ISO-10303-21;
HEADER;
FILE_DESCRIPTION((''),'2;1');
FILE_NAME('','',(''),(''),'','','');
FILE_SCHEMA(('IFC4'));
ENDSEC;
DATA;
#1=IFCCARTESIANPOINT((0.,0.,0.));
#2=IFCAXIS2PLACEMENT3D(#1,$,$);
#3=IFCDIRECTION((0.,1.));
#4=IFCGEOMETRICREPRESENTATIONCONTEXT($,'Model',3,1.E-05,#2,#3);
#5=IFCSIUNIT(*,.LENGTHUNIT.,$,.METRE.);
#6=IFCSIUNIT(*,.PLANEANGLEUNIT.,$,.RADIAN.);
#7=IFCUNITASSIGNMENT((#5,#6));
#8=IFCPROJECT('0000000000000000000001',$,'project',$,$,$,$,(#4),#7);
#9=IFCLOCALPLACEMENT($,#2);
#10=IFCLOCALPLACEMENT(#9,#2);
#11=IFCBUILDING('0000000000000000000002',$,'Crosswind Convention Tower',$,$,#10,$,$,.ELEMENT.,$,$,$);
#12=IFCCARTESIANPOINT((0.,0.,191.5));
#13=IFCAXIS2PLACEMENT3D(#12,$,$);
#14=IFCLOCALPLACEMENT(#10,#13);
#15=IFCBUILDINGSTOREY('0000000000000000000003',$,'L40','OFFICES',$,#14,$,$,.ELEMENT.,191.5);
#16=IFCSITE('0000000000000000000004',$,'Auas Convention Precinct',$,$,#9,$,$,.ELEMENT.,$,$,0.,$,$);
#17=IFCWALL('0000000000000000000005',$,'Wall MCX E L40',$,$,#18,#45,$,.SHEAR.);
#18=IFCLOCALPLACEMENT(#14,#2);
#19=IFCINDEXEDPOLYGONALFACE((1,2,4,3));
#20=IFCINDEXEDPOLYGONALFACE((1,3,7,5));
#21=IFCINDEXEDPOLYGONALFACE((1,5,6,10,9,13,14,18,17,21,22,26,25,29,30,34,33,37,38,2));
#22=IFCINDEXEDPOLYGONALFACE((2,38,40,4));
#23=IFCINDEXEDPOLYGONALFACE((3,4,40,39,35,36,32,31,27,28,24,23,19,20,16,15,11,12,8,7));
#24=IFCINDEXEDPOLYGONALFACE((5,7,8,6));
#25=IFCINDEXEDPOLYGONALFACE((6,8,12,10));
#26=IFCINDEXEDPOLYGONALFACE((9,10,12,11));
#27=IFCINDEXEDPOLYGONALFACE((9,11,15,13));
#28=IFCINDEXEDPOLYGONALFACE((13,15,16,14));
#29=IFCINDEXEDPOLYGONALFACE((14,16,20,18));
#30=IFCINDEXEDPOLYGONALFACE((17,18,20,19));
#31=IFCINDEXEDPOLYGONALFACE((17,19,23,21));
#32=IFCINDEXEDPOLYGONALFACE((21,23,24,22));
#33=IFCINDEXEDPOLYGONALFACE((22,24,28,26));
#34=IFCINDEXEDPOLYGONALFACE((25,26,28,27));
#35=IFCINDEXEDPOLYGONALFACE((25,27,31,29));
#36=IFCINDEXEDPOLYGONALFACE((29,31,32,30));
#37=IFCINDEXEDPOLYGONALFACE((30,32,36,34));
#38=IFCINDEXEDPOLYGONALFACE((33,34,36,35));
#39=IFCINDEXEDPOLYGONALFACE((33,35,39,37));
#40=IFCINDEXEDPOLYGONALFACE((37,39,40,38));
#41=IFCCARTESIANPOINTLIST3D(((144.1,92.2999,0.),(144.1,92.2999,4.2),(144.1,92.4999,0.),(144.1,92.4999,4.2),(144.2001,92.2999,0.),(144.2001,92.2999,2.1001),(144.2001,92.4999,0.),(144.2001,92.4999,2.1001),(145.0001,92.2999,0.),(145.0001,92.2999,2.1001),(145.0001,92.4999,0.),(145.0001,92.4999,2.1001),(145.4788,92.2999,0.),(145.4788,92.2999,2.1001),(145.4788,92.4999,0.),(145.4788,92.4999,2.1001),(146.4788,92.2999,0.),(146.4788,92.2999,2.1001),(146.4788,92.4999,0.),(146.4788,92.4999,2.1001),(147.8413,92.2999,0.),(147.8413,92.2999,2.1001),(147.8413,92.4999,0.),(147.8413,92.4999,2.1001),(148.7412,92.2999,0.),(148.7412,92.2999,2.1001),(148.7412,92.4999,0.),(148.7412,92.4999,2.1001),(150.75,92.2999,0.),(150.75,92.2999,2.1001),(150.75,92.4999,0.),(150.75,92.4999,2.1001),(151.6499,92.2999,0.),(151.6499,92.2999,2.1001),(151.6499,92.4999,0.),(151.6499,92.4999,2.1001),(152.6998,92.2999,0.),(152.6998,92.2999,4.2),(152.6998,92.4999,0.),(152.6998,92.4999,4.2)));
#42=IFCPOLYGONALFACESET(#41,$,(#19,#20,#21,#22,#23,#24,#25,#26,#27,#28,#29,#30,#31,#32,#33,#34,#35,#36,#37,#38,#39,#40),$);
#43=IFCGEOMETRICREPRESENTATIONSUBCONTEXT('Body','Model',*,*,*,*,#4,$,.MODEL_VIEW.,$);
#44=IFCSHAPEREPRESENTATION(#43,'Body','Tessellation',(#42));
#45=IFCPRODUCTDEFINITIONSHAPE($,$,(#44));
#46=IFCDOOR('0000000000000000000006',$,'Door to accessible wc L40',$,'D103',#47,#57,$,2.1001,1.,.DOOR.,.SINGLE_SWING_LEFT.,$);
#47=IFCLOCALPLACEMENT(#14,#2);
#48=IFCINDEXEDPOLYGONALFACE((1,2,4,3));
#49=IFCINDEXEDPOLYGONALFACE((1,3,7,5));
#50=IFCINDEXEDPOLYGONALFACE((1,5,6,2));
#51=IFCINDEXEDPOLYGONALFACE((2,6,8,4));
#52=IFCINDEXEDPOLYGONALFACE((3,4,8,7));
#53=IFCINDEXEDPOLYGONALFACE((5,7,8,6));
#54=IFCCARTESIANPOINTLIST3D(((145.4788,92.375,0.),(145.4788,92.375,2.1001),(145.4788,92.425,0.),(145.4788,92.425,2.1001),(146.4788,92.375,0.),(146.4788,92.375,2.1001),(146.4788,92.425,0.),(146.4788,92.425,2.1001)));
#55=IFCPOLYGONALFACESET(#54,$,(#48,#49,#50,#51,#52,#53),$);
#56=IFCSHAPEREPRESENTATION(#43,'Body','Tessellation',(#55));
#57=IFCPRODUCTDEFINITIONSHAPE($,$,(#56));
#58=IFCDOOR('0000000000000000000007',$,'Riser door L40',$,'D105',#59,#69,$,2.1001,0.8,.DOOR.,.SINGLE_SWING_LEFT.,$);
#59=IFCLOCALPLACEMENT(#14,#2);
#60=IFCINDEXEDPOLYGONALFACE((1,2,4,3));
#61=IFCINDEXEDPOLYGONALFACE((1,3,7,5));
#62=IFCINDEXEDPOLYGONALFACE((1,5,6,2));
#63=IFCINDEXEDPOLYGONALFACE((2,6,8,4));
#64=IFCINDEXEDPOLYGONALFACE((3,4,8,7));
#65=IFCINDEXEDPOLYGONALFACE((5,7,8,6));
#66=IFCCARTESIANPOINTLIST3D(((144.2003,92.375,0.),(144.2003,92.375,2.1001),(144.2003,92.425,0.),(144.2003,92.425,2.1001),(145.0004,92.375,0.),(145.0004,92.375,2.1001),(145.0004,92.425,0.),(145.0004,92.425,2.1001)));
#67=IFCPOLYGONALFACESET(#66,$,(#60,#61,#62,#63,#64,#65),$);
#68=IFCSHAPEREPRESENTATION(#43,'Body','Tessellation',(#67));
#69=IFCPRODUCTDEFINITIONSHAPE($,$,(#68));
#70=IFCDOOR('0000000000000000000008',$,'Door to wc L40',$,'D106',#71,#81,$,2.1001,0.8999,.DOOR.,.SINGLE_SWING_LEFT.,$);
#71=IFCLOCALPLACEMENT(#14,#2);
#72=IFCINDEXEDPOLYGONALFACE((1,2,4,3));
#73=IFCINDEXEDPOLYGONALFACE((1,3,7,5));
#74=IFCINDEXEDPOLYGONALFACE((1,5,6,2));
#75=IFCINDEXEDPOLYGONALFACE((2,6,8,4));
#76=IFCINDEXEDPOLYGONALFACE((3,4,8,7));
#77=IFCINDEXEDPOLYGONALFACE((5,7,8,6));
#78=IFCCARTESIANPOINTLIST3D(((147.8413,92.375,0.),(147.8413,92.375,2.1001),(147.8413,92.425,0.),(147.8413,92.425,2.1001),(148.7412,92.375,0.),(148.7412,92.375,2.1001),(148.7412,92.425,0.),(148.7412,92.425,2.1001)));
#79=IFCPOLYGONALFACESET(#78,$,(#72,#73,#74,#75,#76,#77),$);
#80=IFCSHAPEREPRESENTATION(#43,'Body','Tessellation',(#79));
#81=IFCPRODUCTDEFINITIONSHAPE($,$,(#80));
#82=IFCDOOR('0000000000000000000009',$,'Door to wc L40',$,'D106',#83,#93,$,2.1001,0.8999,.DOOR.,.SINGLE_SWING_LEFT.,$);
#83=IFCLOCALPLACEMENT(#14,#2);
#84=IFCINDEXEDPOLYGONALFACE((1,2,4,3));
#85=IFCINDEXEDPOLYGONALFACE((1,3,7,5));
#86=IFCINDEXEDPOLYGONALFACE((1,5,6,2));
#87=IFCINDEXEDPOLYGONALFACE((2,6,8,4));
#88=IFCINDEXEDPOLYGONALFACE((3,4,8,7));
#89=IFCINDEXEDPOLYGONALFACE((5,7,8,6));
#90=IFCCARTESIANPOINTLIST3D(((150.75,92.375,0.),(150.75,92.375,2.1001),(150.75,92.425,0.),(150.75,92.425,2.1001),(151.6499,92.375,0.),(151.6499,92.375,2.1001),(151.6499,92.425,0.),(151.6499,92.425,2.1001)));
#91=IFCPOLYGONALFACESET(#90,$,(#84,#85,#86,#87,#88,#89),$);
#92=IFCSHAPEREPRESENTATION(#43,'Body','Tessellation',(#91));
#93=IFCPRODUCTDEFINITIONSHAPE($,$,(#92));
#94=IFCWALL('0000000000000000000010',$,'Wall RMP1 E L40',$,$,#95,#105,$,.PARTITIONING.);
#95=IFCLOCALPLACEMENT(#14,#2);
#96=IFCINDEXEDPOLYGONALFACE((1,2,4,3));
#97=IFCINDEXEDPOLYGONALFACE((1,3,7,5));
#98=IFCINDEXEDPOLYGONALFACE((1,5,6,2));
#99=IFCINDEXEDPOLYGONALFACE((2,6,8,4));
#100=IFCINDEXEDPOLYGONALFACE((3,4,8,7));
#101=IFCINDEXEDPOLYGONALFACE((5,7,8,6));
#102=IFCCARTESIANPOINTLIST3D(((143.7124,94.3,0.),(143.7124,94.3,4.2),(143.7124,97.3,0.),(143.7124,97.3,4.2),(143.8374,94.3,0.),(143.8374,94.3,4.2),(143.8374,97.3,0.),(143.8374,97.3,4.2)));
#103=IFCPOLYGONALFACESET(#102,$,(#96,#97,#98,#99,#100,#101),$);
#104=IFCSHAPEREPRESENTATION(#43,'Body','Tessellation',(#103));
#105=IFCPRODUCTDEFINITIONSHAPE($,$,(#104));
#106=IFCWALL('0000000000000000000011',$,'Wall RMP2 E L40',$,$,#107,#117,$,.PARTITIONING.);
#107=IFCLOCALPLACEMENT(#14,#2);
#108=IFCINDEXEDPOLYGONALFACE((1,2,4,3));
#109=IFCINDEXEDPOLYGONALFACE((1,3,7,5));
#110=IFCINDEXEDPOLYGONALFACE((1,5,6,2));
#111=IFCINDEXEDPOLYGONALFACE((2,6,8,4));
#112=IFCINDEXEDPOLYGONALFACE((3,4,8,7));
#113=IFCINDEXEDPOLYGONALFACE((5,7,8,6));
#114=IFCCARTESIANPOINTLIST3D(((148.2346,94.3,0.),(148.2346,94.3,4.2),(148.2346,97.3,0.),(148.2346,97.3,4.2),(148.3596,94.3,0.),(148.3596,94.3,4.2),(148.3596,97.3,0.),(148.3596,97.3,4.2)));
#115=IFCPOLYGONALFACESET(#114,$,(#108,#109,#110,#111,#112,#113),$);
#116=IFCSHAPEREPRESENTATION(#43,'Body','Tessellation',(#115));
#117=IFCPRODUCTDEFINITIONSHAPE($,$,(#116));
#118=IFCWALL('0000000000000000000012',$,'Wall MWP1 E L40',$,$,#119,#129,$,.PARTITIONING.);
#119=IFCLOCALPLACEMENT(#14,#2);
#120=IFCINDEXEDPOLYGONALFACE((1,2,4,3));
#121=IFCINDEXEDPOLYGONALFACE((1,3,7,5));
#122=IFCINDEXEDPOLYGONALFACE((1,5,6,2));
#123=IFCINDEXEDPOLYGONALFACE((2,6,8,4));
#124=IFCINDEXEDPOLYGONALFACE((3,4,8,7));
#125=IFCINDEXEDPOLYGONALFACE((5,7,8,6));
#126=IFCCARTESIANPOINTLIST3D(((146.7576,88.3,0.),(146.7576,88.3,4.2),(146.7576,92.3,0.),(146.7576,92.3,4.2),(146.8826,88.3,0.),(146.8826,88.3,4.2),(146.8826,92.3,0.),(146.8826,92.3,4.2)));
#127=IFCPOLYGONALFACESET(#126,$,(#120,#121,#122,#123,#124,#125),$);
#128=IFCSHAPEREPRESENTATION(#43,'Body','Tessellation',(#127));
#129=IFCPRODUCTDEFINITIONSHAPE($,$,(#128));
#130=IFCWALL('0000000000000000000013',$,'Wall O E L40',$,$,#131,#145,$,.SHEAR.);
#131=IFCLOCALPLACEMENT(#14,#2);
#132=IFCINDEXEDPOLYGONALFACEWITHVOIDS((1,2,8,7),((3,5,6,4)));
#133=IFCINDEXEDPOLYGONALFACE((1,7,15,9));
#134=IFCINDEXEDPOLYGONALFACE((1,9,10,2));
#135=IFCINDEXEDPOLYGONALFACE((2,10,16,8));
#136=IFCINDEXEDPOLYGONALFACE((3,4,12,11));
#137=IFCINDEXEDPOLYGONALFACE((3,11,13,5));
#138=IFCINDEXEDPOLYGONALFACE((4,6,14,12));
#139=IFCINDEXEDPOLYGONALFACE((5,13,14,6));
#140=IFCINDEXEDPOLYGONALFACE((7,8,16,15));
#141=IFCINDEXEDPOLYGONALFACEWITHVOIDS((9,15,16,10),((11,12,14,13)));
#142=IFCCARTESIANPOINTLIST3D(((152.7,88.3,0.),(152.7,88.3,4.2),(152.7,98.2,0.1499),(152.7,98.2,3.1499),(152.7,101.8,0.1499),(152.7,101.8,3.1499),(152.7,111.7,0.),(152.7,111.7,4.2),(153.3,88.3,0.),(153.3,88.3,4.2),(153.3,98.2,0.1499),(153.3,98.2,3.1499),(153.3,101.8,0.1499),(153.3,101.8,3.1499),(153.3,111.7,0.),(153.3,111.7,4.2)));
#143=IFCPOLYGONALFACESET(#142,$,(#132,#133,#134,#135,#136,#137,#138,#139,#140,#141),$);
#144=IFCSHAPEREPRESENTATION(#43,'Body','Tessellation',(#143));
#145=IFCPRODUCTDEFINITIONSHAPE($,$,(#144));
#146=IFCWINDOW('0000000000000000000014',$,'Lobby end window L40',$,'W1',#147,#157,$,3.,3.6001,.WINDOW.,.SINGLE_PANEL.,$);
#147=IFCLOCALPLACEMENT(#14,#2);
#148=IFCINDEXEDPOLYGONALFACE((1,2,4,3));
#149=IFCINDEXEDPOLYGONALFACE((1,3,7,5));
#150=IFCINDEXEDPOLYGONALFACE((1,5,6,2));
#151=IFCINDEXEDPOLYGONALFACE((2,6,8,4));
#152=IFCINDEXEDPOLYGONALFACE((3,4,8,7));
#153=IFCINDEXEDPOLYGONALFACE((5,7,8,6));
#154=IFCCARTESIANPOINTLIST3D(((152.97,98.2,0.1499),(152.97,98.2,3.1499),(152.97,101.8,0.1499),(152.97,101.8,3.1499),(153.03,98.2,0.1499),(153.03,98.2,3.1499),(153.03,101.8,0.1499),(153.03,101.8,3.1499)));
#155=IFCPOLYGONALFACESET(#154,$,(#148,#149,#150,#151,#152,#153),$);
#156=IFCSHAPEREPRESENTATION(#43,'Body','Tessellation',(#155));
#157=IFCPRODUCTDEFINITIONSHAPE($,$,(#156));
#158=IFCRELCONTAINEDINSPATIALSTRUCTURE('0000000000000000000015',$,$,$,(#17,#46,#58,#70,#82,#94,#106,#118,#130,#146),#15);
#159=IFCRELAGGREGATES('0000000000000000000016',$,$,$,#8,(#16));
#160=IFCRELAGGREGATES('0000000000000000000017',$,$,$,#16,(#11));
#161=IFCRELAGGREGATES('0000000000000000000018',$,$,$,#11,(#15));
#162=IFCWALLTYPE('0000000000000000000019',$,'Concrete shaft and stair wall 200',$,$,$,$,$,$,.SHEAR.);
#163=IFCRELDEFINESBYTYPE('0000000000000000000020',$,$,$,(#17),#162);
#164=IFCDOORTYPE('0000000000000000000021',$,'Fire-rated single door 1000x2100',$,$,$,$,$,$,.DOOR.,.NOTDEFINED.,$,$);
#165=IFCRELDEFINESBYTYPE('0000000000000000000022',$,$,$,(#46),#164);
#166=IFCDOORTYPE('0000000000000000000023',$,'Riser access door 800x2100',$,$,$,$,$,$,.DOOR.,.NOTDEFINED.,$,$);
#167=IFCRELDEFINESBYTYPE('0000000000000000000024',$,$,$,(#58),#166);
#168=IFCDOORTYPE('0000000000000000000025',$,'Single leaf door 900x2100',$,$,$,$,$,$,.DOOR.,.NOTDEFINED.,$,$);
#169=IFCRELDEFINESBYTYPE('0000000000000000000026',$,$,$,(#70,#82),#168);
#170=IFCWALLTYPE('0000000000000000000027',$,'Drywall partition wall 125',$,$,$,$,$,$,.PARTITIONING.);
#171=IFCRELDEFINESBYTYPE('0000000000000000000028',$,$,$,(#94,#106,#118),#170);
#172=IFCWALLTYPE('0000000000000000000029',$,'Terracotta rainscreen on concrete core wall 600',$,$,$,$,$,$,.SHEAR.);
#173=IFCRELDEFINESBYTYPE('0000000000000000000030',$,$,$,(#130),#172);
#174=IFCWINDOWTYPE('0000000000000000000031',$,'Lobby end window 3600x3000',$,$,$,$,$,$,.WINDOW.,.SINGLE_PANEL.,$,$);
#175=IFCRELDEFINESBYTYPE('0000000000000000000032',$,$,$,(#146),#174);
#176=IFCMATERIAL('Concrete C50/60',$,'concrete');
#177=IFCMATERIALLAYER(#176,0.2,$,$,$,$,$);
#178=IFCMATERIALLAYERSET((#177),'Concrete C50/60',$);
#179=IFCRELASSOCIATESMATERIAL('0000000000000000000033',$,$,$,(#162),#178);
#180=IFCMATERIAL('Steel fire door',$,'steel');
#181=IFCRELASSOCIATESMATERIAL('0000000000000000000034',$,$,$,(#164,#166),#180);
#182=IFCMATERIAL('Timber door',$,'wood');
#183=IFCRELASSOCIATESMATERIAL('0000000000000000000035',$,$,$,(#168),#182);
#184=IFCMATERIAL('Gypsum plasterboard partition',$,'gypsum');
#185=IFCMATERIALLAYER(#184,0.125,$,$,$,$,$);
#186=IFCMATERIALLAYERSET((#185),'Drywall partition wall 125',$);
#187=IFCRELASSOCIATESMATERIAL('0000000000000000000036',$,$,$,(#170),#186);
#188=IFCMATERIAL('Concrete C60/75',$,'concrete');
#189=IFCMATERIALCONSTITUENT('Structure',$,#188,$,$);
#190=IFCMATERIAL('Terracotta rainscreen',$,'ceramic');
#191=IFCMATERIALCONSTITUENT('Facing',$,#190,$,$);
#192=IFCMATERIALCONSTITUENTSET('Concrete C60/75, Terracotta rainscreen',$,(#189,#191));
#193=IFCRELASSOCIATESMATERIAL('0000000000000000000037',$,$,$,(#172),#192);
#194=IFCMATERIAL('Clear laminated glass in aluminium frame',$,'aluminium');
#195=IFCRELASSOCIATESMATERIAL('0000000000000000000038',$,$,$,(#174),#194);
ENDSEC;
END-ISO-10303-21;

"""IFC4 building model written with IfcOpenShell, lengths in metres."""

from ifc_helpers import new_model, si_unit, direction, frame, frame_2d, origin, place, context, subcontext, project, spatial, rectangle, extrude, material, layer, layer_set, constituent, constituent_set, type_object, element, fill, save


model = new_model("IFC4")

# Units and contexts
model_context = context("Model", 3, precision=1e-05, world=origin(), true_north=direction((0.0, 1.0)))
body_context = subcontext(model_context, "Body", "Model", "MODEL_VIEW")
ifc_project = project(units=[si_unit("LENGTHUNIT", "METRE"), si_unit("PLANEANGLEUNIT", "RADIAN")], contexts=[model_context])

# Site, building, storey
site_placement = place(None, origin())
site = spatial("IfcSite", under=ifc_project, at=site_placement, Name="Auas Convention Precinct", CompositionType="ELEMENT", RefElevation=0.0)
building_placement = place(site_placement, origin())
building = spatial("IfcBuilding", under=site, at=building_placement, Name="Crosswind Convention Tower", CompositionType="ELEMENT")
storey_placement = place(building_placement, frame((0.0, 0.0, 191.5)))
storey = spatial("IfcBuildingStorey", under=building, at=storey_placement, Name="L40", Description="OFFICES", CompositionType="ELEMENT", Elevation=191.5)

# Shared definitions
ifc_material_1 = material(Name="Concrete C50/60", Category="concrete")

# Shared definitions
ifc_layer_1 = layer(ifc_material_1, 0.2)
ifc_layer_set_1 = layer_set([ifc_layer_1], Name="Concrete C50/60")
wall_type_1 = type_object("IfcWallType", Name="Concrete shaft and stair wall 200", PredefinedType="SHEAR", material=ifc_layer_set_1)

# Shared definitions
ifc_material_2 = material(Name="Steel fire door", Category="steel")

# Shared definitions
door_type_1 = type_object("IfcDoorType", Name="Fire-rated single door 1000x2100", OperationType="NOTDEFINED", PredefinedType="DOOR", material=ifc_material_2)

# Wall, openings, doors
wall_1_placement = place(storey_placement, frame((144.1001, 92.3999, 0.0), z_axis=(0.0, 0.0, 1.0), x_axis=(1.0, 0.0, 0.0)))
wall_1 = element("IfcWall", 1, at=wall_1_placement, inside=storey, type_object=wall_type_1, Name="Wall MCX E L40", PredefinedType="SHEAR", context=body_context, shape_type="SweptSolid", body=[
    extrude(rectangle(XDim=8.5999, YDim=0.2, at=frame_2d((4.2998, 0.0))), origin(), (0.0, 0.0, 1.0), 4.2),
])
opening_1_placement = place(wall_1_placement, frame((0.1001, 0.0, 0.0)))
opening_1 = element("IfcOpeningElement", 2, at=opening_1_placement, cuts=wall_1, PredefinedType="OPENING", context=body_context, shape_type="SweptSolid", body=[
    extrude(rectangle(XDim=0.8, YDim=2.1001, at=frame_2d((0.3999, 1.05))), frame((0.0, 0.1099, 0.0), z_axis=(0.0, -1.0, 0.0), x_axis=(1.0, 0.0, 0.0)), (0.0, 0.0, 1.0), 0.22),
])
opening_2_placement = place(wall_1_placement, frame((1.3787, 0.0, 0.0)))
opening_2 = element("IfcOpeningElement", 3, at=opening_2_placement, cuts=wall_1, PredefinedType="OPENING", context=body_context, shape_type="SweptSolid", body=[
    extrude(rectangle(XDim=1.0, YDim=2.1001, at=frame_2d((0.5, 1.05))), frame((0.0, 0.1099, 0.0), z_axis=(0.0, -1.0, 0.0), x_axis=(1.0, 0.0, 0.0)), (0.0, 0.0, 1.0), 0.22),
])
opening_3_placement = place(wall_1_placement, frame((3.7412, 0.0, 0.0)))
opening_3 = element("IfcOpeningElement", 4, at=opening_3_placement, cuts=wall_1, PredefinedType="OPENING", context=body_context, shape_type="SweptSolid", body=[
    extrude(rectangle(XDim=0.8999, YDim=2.1001, at=frame_2d((0.45, 1.05))), frame((0.0, 0.1099, 0.0), z_axis=(0.0, -1.0, 0.0), x_axis=(1.0, 0.0, 0.0)), (0.0, 0.0, 1.0), 0.22),
])
opening_4_placement = place(wall_1_placement, frame((6.6499, 0.0, 0.0)))
opening_4 = element("IfcOpeningElement", 5, at=opening_4_placement, cuts=wall_1, PredefinedType="OPENING", context=body_context, shape_type="SweptSolid", body=[
    extrude(rectangle(XDim=0.8999, YDim=2.1001, at=frame_2d((0.45, 1.05))), frame((0.0, 0.1099, 0.0), z_axis=(0.0, -1.0, 0.0), x_axis=(1.0, 0.0, 0.0)), (0.0, 0.0, 1.0), 0.22),
])
door_1_placement = place(opening_2_placement, frame((1.0, 0.0, 0.0), z_axis=(0.0, 0.0, 1.0), x_axis=(-1.0, 0.0, 0.0)))
door_1 = element("IfcDoor", 6, at=door_1_placement, inside=storey, type_object=door_type_1, Name="Door to accessible wc L40", ObjectType="D103", OperationType="SINGLE_SWING_LEFT", OverallHeight=2.1001, OverallWidth=1.0, PredefinedType="DOOR", context=body_context, shape_type="SweptSolid", body=[
    extrude(rectangle(XDim=1.0, YDim=2.1001, at=frame_2d((0.5, 1.05))), frame((0.0, 0.0249, 0.0), z_axis=(0.0, -1.0, 0.0), x_axis=(1.0, 0.0, 0.0)), (0.0, 0.0, 1.0), 0.05),
])
fill(opening_2, door_1)
door_type_2 = type_object("IfcDoorType", Name="Riser access door 800x2100", OperationType="NOTDEFINED", PredefinedType="DOOR", material=ifc_material_2)
door_2_placement = place(opening_1_placement, frame((0.8, 0.0, 0.0), z_axis=(0.0, 0.0, 1.0), x_axis=(-1.0, 0.0, 0.0)))
door_2 = element("IfcDoor", 7, at=door_2_placement, inside=storey, type_object=door_type_2, Name="Riser door L40", ObjectType="D105", OperationType="SINGLE_SWING_LEFT", OverallHeight=2.1001, OverallWidth=0.8, PredefinedType="DOOR", context=body_context, shape_type="SweptSolid", body=[
    extrude(rectangle(XDim=0.8, YDim=2.1001, at=frame_2d((0.3999, 1.05))), frame((0.0, 0.0249, 0.0), z_axis=(0.0, -1.0, 0.0), x_axis=(1.0, 0.0, 0.0)), (0.0, 0.0, 1.0), 0.05),
])
fill(opening_1, door_2)
ifc_material_3 = material(Name="Timber door", Category="wood")
door_type_3 = type_object("IfcDoorType", Name="Single leaf door 900x2100", OperationType="NOTDEFINED", PredefinedType="DOOR", material=ifc_material_3)
door_3_placement = place(opening_3_placement, frame((0.8999, 0.0, 0.0), z_axis=(0.0, 0.0, 1.0), x_axis=(-1.0, 0.0, 0.0)))
door_3 = element("IfcDoor", 8, at=door_3_placement, inside=storey, type_object=door_type_3, Name="Door to wc L40", ObjectType="D106", OperationType="SINGLE_SWING_LEFT", OverallHeight=2.1001, OverallWidth=0.8999, PredefinedType="DOOR", context=body_context, shape_type="SweptSolid", body=[
    extrude(rectangle(XDim=0.8999, YDim=2.1001, at=frame_2d((0.45, 1.05))), frame((0.0, 0.0249, 0.0), z_axis=(0.0, -1.0, 0.0), x_axis=(1.0, 0.0, 0.0)), (0.0, 0.0, 1.0), 0.05),
])
fill(opening_3, door_3)
door_4_placement = place(opening_4_placement, frame((0.8999, 0.0, 0.0), z_axis=(0.0, 0.0, 1.0), x_axis=(-1.0, 0.0, 0.0)))
door_4 = element("IfcDoor", 9, at=door_4_placement, inside=storey, type_object=door_type_3, Name="Door to wc L40", ObjectType="D106", OperationType="SINGLE_SWING_LEFT", OverallHeight=2.1001, OverallWidth=0.8999, PredefinedType="DOOR", context=body_context, shape_type="SweptSolid", body=[
    extrude(rectangle(XDim=0.8999, YDim=2.1001, at=frame_2d((0.45, 1.05))), frame((0.0, 0.0249, 0.0), z_axis=(0.0, -1.0, 0.0), x_axis=(1.0, 0.0, 0.0)), (0.0, 0.0, 1.0), 0.05),
])
fill(opening_4, door_4)

# Walls
ifc_material_4 = material(Name="Gypsum plasterboard partition", Category="gypsum")
ifc_layer_2 = layer(ifc_material_4, 0.125)
ifc_layer_set_2 = layer_set([ifc_layer_2], Name="Drywall partition wall 125")
wall_type_2 = type_object("IfcWallType", Name="Drywall partition wall 125", PredefinedType="PARTITIONING", material=ifc_layer_set_2)
for number, where, z_axis, x_axis, name in (
    (10, (143.7749, 94.3, 0.0), (0.0, 0.0, 1.0), (0.0, 1.0, 0.0), "Wall RMP1 E L40"),
    (11, (148.2971, 94.3, 0.0), (0.0, 0.0, 1.0), (0.0, 1.0, 0.0), "Wall RMP2 E L40"),
):
    element("IfcWall", number, at=place(storey_placement, frame(where, z_axis=z_axis, x_axis=x_axis)), inside=storey, type_object=wall_type_2, Name=name, PredefinedType="PARTITIONING", context=body_context, shape_type="SweptSolid", body=[
        extrude(rectangle(XDim=3.0, YDim=0.125, at=frame_2d((1.5, 0.0))), origin(), (0.0, 0.0, 1.0), 4.2),
    ])
wall_2_placement = place(storey_placement, frame((146.8201, 88.3, 0.0), z_axis=(0.0, 0.0, 1.0), x_axis=(0.0, 1.0, 0.0)))
element("IfcWall", 12, at=wall_2_placement, inside=storey, type_object=wall_type_2, Name="Wall MWP1 E L40", PredefinedType="PARTITIONING", context=body_context, shape_type="SweptSolid", body=[
    extrude(rectangle(XDim=4.0, YDim=0.125, at=frame_2d((2.0, 0.0))), origin(), (0.0, 0.0, 1.0), 4.2),
])

# Wall, opening, window
ifc_material_5 = material(Name="Concrete C60/75", Category="concrete")
ifc_constituent_1 = constituent(ifc_material_5, Name="Structure")
ifc_material_6 = material(Name="Terracotta rainscreen", Category="ceramic")
ifc_constituent_2 = constituent(ifc_material_6, Name="Facing")
ifc_constituent_set = constituent_set(constituents=[ifc_constituent_1, ifc_constituent_2], Name="Concrete C60/75, Terracotta rainscreen")
wall_type_3 = type_object("IfcWallType", Name="Terracotta rainscreen on concrete core wall 600", PredefinedType="SHEAR", material=ifc_constituent_set)
wall_3_placement = place(storey_placement, frame((153.0, 88.3, 0.0), z_axis=(0.0, 0.0, 1.0), x_axis=(0.0, 1.0, 0.0)))
wall_3 = element("IfcWall", 13, at=wall_3_placement, inside=storey, type_object=wall_type_3, Name="Wall O E L40", PredefinedType="SHEAR", context=body_context, shape_type="SweptSolid", body=[
    extrude(rectangle(XDim=23.3999, YDim=0.6001, at=frame_2d((11.7, 0.0))), origin(), (0.0, 0.0, 1.0), 4.2),
])
opening_5_placement = place(wall_3_placement, frame((9.8999, 0.0, 0.1499)))
opening_5 = element("IfcOpeningElement", 14, at=opening_5_placement, cuts=wall_3, PredefinedType="OPENING", context=body_context, shape_type="SweptSolid", body=[
    extrude(rectangle(XDim=3.6001, YDim=3.0, at=frame_2d((1.8, 1.5))), frame((0.0, 0.3101, 0.0), z_axis=(0.0, -1.0, 0.0), x_axis=(1.0, 0.0, 0.0)), (0.0, 0.0, 1.0), 0.6201),
])
ifc_material_7 = material(Name="Clear laminated glass in aluminium frame", Category="aluminium")
window_type = type_object("IfcWindowType", Name="Lobby end window 3600x3000", PartitioningType="SINGLE_PANEL", PredefinedType="WINDOW", material=ifc_material_7)
window_placement = place(opening_5_placement, origin())
window = element("IfcWindow", 15, at=window_placement, inside=storey, type_object=window_type, Name="Lobby end window L40", ObjectType="W1", OverallHeight=3.0, OverallWidth=3.6001, PartitioningType="SINGLE_PANEL", PredefinedType="WINDOW", context=body_context, shape_type="SweptSolid", body=[
    extrude(rectangle(XDim=3.6001, YDim=3.0, at=frame_2d((1.8, 1.5))), frame((0.0, 0.03, 0.0), z_axis=(0.0, -1.0, 0.0), x_axis=(1.0, 0.0, 0.0)), (0.0, 0.0, 1.0), 0.0601),
])
fill(opening_5, window)

save(model, "model.ifc")
